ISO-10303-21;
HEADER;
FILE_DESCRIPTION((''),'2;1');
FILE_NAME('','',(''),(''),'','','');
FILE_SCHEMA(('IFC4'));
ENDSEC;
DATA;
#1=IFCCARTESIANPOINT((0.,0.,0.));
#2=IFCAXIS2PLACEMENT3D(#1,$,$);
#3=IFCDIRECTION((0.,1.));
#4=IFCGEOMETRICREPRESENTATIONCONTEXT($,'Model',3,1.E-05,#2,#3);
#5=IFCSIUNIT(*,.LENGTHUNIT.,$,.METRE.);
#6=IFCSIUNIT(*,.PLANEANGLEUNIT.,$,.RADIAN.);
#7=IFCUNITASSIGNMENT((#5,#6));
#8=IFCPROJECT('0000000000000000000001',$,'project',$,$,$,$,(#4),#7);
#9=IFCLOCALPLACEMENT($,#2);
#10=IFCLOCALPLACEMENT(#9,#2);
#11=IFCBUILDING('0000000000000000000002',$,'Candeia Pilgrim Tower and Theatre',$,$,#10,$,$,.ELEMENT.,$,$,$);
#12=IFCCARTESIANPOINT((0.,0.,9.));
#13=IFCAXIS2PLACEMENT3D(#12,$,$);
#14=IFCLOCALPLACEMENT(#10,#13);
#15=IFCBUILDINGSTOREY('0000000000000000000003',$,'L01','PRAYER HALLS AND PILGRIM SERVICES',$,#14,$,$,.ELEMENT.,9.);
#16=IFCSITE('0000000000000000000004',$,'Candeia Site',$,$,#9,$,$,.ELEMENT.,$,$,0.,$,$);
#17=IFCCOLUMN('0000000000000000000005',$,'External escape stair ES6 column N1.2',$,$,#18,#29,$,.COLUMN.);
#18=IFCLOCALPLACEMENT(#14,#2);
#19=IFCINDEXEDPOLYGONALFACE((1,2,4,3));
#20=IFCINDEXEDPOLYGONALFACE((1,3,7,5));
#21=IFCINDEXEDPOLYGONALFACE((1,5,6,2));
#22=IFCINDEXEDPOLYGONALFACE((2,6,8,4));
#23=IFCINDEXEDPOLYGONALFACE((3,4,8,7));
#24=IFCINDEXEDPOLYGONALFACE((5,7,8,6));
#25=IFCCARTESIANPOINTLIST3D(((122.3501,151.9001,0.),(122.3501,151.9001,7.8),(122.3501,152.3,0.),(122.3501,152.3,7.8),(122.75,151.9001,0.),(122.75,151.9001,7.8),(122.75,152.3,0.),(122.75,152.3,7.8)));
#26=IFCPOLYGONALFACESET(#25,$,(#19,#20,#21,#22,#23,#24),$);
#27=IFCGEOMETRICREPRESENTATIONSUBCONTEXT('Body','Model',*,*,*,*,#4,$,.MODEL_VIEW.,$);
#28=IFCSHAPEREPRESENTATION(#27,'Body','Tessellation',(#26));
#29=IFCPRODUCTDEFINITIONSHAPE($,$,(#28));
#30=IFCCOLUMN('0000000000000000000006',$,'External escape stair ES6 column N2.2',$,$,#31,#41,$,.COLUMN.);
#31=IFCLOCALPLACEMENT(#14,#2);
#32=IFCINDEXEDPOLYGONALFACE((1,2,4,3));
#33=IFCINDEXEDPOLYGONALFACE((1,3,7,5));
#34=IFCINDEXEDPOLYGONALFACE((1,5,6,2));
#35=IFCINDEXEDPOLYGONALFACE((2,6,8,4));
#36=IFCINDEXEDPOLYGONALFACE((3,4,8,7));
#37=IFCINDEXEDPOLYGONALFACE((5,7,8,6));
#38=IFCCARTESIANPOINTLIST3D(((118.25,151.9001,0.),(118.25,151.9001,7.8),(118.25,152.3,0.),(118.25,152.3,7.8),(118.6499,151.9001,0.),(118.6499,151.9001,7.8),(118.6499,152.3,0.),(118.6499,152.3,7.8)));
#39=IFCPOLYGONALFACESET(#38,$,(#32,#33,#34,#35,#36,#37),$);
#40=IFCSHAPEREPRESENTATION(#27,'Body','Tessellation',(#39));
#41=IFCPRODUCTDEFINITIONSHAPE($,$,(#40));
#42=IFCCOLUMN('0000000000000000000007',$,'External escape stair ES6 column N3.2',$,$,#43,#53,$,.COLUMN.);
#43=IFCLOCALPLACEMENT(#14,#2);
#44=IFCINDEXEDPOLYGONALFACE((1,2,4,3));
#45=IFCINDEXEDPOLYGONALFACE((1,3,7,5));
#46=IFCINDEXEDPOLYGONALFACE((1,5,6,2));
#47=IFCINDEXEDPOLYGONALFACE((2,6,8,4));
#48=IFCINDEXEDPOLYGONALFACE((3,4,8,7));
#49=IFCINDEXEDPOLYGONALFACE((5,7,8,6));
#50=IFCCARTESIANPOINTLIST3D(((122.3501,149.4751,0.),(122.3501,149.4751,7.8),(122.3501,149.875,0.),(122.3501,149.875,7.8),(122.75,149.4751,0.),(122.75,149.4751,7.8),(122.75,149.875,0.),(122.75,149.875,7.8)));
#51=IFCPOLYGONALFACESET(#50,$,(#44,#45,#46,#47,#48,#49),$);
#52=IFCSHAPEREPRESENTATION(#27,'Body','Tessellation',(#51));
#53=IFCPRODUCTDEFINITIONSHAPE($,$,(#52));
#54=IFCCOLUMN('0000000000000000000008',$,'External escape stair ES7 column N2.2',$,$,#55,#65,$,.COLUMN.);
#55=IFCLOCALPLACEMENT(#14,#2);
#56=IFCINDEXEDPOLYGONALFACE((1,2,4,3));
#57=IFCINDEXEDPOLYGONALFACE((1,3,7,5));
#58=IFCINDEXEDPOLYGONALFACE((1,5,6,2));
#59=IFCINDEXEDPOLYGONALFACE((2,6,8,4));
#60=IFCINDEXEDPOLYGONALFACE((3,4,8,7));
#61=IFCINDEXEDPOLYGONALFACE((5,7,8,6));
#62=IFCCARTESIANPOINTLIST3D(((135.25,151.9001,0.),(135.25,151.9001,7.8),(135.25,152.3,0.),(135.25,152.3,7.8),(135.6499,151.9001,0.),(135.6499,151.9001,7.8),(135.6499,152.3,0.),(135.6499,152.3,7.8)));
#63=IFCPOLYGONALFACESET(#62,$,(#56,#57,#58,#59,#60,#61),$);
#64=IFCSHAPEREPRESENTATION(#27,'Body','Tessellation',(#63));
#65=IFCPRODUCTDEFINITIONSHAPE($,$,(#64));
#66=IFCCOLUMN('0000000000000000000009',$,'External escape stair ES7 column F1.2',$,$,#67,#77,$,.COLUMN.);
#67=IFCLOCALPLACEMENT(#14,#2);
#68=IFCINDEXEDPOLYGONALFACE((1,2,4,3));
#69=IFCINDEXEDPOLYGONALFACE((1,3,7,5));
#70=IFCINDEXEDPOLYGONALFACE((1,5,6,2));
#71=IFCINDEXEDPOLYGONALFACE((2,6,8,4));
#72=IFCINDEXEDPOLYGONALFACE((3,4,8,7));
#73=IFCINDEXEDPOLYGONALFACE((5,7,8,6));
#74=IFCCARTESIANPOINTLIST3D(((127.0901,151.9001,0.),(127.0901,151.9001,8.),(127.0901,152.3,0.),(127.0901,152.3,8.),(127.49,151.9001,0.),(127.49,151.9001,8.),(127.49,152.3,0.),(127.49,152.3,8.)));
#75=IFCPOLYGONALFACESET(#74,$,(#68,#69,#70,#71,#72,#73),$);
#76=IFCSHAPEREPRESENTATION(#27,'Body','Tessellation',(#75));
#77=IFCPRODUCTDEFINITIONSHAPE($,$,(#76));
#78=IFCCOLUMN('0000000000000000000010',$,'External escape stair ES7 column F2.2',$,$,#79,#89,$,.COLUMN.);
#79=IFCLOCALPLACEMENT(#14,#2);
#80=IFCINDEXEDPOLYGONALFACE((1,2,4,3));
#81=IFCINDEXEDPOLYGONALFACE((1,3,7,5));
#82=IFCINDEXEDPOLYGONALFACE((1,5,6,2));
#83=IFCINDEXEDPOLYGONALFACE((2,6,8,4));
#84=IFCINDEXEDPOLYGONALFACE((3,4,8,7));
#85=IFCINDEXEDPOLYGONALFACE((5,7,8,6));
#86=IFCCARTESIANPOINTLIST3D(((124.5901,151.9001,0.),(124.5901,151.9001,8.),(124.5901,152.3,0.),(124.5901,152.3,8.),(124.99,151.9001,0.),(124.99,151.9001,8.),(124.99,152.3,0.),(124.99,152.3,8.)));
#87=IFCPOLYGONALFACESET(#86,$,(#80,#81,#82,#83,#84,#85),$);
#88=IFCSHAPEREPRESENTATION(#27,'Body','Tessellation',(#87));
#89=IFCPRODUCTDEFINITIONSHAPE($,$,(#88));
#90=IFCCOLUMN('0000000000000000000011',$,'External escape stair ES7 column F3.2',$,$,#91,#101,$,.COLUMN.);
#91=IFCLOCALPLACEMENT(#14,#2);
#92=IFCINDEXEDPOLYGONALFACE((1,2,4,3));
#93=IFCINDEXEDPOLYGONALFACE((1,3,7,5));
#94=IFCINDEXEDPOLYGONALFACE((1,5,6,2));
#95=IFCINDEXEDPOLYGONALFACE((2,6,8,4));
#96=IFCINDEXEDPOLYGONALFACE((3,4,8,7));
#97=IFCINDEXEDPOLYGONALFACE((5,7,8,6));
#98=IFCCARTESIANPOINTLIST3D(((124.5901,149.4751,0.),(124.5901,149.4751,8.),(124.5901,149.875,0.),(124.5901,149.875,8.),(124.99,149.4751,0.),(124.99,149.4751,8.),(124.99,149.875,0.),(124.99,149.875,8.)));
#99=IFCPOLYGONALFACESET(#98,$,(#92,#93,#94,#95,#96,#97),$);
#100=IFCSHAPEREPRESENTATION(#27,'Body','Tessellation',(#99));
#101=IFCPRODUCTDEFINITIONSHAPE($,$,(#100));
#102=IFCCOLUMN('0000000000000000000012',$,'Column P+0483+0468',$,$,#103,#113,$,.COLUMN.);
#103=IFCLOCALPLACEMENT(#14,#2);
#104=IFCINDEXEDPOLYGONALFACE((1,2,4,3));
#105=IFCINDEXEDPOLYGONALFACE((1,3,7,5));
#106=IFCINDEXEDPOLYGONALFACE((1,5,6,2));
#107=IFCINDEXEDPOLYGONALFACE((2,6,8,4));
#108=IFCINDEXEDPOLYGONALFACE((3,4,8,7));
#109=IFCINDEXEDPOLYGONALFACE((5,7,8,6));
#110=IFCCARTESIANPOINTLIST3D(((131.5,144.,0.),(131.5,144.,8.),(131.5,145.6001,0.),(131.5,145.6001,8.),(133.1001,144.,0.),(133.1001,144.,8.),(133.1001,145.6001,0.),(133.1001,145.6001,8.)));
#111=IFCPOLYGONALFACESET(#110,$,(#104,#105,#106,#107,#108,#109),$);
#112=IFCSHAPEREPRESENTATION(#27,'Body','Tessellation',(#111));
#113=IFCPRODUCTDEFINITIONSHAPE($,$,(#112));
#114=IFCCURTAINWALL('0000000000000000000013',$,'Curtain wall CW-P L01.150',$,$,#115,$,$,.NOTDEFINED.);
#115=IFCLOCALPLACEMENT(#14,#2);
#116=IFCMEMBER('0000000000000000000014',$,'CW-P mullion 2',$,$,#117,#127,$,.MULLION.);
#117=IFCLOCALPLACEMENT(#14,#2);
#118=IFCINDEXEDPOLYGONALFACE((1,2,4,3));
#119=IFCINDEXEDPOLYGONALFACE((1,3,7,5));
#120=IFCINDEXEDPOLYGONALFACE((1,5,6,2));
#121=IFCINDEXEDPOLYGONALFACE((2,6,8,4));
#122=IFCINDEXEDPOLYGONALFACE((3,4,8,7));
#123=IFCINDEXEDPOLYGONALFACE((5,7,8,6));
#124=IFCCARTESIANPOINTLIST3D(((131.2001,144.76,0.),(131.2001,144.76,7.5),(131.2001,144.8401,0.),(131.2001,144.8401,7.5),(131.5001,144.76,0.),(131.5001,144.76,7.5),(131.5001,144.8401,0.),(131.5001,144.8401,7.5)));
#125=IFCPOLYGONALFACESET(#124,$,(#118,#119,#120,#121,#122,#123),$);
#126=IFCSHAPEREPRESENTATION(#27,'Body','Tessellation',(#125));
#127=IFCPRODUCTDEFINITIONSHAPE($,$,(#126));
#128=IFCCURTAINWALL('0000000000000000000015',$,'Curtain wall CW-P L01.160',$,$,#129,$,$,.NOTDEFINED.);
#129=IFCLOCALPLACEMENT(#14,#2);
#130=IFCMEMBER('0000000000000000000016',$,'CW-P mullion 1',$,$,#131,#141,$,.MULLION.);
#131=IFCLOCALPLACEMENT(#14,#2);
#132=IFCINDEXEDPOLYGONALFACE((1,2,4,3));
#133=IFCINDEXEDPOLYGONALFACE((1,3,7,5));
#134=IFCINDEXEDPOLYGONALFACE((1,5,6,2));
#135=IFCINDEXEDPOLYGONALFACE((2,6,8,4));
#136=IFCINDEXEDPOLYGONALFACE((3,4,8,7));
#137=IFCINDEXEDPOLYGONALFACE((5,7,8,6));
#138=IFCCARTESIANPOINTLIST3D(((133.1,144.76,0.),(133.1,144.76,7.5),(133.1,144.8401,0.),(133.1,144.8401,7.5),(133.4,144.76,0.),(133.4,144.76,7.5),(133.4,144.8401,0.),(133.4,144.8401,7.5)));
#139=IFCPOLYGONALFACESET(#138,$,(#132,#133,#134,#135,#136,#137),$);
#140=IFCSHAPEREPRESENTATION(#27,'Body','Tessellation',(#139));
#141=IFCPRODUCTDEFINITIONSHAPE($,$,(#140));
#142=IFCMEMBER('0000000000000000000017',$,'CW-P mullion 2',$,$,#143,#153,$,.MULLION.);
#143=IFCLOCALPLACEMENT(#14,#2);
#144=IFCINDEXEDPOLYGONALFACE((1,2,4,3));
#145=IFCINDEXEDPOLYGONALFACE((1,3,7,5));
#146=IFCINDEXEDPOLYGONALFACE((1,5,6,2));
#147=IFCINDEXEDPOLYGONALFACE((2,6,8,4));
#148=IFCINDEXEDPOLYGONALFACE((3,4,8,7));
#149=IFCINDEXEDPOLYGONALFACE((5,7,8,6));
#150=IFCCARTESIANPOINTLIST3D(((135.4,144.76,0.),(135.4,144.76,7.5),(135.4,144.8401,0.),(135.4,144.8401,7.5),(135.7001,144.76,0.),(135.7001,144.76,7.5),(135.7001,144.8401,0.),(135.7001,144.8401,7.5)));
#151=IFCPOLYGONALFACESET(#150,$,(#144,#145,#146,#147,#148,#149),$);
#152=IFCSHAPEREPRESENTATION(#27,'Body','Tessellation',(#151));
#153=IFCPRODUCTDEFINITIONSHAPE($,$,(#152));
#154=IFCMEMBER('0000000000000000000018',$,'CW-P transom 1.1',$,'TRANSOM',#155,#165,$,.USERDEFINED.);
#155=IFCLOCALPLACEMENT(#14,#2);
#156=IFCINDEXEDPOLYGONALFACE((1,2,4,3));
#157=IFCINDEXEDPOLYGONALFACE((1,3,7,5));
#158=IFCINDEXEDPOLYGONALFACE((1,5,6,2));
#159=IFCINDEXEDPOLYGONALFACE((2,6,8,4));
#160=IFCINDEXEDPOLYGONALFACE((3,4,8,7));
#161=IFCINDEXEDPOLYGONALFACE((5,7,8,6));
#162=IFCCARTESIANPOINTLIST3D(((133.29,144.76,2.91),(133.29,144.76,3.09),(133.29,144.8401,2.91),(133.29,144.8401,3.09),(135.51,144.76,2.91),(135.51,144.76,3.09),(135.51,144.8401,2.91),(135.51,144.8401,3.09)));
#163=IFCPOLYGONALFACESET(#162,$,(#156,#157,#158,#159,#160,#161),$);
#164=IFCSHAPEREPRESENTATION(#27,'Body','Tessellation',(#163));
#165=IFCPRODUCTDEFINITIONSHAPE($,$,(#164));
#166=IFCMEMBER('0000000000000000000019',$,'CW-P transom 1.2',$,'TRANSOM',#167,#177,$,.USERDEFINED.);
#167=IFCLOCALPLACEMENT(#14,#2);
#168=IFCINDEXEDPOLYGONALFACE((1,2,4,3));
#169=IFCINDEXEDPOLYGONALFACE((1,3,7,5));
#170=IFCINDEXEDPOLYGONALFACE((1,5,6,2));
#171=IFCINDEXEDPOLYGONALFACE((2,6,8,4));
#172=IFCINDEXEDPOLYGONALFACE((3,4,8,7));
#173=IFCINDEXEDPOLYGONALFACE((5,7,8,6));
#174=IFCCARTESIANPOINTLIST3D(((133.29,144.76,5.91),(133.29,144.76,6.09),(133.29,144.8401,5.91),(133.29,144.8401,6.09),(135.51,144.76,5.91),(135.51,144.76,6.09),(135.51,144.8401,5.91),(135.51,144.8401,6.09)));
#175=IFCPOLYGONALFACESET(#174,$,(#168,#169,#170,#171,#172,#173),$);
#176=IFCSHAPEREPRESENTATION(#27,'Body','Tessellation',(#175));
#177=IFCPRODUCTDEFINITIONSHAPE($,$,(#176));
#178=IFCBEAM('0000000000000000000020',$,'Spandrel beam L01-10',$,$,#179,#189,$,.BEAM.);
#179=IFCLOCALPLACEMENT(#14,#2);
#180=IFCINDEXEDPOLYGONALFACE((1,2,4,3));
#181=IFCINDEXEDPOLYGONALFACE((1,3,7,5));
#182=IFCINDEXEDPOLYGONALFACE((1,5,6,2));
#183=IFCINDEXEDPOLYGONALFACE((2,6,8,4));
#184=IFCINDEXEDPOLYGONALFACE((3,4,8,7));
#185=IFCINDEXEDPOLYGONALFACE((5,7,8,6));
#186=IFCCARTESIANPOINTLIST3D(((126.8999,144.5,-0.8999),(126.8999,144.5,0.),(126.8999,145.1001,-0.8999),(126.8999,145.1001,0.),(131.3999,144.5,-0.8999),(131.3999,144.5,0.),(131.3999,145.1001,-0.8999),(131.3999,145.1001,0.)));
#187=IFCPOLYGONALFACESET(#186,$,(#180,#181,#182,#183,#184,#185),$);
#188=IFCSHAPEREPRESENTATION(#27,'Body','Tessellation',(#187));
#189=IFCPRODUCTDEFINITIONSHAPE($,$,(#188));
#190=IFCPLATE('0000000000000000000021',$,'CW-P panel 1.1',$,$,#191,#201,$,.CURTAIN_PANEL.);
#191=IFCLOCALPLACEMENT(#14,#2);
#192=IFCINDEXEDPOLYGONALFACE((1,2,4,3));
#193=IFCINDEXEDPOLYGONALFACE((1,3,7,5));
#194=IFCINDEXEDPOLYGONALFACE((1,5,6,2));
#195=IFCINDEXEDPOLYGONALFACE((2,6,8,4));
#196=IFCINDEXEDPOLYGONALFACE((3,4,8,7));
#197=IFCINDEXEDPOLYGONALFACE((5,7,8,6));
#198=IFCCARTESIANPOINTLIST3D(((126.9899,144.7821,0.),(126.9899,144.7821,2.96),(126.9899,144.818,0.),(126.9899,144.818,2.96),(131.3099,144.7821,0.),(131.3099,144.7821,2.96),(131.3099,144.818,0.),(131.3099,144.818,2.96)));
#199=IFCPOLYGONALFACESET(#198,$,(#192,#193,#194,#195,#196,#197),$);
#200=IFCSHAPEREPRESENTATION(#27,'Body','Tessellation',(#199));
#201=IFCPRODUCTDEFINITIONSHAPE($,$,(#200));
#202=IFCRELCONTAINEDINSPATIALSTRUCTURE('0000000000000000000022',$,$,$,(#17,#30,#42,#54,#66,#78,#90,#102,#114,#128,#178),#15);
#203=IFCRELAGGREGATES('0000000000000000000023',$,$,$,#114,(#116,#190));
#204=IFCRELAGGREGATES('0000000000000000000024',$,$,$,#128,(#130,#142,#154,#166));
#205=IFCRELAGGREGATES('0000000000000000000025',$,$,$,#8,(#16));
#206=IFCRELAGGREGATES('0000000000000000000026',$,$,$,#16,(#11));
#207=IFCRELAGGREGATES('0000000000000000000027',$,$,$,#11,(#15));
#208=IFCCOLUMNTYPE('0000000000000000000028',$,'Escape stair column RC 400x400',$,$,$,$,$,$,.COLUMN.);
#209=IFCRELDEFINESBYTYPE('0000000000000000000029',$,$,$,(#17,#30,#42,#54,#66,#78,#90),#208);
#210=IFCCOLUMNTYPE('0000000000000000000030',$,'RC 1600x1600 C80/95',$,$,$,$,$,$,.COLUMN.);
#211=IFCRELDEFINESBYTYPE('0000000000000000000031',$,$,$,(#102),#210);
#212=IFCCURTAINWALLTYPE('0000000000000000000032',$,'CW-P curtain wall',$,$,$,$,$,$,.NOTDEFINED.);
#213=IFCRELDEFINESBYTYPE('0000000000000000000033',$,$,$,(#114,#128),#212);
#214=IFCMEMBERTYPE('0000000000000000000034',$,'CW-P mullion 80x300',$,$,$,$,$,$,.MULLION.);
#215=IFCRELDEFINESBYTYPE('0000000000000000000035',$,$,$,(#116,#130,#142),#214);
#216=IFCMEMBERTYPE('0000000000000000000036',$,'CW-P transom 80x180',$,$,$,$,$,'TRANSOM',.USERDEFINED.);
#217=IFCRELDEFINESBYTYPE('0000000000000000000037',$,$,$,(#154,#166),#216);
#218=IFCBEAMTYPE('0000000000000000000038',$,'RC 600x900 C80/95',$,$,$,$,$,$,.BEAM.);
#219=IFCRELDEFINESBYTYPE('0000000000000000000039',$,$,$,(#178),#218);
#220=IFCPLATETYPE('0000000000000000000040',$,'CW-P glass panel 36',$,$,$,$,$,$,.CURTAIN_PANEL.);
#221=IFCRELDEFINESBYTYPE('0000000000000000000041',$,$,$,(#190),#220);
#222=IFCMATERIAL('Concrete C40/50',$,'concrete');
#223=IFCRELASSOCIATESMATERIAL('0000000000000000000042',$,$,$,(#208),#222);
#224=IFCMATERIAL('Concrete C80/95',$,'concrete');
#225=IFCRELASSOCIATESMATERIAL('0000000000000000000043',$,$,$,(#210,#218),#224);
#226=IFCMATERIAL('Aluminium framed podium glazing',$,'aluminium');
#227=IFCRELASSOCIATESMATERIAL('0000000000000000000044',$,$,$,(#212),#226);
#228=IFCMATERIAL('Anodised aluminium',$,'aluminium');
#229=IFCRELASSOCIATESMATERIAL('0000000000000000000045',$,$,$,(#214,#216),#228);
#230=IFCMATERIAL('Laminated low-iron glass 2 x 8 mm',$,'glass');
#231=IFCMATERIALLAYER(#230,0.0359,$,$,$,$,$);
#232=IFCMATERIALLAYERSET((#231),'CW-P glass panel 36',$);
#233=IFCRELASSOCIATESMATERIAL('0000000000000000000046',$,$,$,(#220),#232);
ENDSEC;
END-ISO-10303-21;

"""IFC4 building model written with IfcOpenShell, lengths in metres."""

from ifc_helpers import new_model, si_unit, direction, frame, origin, origin_2d, place, context, subcontext, project, spatial, rectangle, extrude, material, layer, layer_set, material_profile, profile_set, type_object, element, aggregate, save


model = new_model("IFC4")

# Units and contexts
model_context = context("Model", 3, precision=1e-05, world=origin(), true_north=direction((0.0, 1.0)))
body_context = subcontext(model_context, "Body", "Model", "MODEL_VIEW")
ifc_project = project(units=[si_unit("LENGTHUNIT", "METRE"), si_unit("PLANEANGLEUNIT", "RADIAN")], contexts=[model_context])

# Site, building, storey
site_placement = place(None, origin())
site = spatial("IfcSite", under=ifc_project, at=site_placement, Name="Candeia Site", CompositionType="ELEMENT", RefElevation=0.0)
building_placement = place(site_placement, origin())
building = spatial("IfcBuilding", under=site, at=building_placement, Name="Candeia Pilgrim Tower and Theatre", CompositionType="ELEMENT")
storey_placement = place(building_placement, frame((0.0, 0.0, 9.0)))
storey = spatial("IfcBuildingStorey", under=building, at=storey_placement, Name="L01", Description="PRAYER HALLS AND PILGRIM SERVICES", CompositionType="ELEMENT", Elevation=9.0)

# Columns
ifc_material_1 = material(Name="Concrete C40/50", Category="concrete")
ifc_material_profile_1 = material_profile(ifc_material_1, rectangle(XDim=0.3999, YDim=0.3999, at=origin_2d()))
ifc_profile_set_1 = profile_set([ifc_material_profile_1], Name="Concrete C40/50")
column_type_1 = type_object("IfcColumnType", Name="Escape stair column RC 400x400", PredefinedType="COLUMN", material=ifc_profile_set_1)
for number, where, z_axis, x_axis, name in (
    (1, (122.55, 152.1001, 0.0), (0.0, 0.0, 1.0), (1.0, 0.0, 0.0), "External escape stair ES6 column N1.2"),
    (2, (118.45, 152.1001, 0.0), (0.0, 0.0, 1.0), (1.0, 0.0, 0.0), "External escape stair ES6 column N2.2"),
    (3, (122.55, 149.675, 0.0), (0.0, 0.0, 1.0), (1.0, 0.0, 0.0), "External escape stair ES6 column N3.2"),
    (4, (135.45, 152.1001, 0.0), (0.0, 0.0, 1.0), (1.0, 0.0, 0.0), "External escape stair ES7 column N2.2"),
):
    element("IfcColumn", number, at=place(storey_placement, frame(where, z_axis=z_axis, x_axis=x_axis)), inside=storey, type_object=column_type_1, Name=name, PredefinedType="COLUMN", context=body_context, shape_type="SweptSolid", body=[
        extrude(rectangle(XDim=0.3999, YDim=0.3999, at=origin_2d()), origin(), (0.0, 0.0, 1.0), 7.8),
    ])
for number, where, z_axis, x_axis, name in (
    (5, (127.29, 152.1001, 0.0), (0.0, 0.0, 1.0), (1.0, 0.0, 0.0), "External escape stair ES7 column F1.2"),
    (6, (124.79, 152.1001, 0.0), (0.0, 0.0, 1.0), (1.0, 0.0, 0.0), "External escape stair ES7 column F2.2"),
    (7, (124.79, 149.675, 0.0), (0.0, 0.0, 1.0), (1.0, 0.0, 0.0), "External escape stair ES7 column F3.2"),
):
    element("IfcColumn", number, at=place(storey_placement, frame(where, z_axis=z_axis, x_axis=x_axis)), inside=storey, type_object=column_type_1, Name=name, PredefinedType="COLUMN", context=body_context, shape_type="SweptSolid", body=[
        extrude(rectangle(XDim=0.3999, YDim=0.3999, at=origin_2d()), origin(), (0.0, 0.0, 1.0), 8.0),
    ])
ifc_material_2 = material(Name="Concrete C80/95", Category="concrete")
ifc_material_profile_2 = material_profile(ifc_material_2, rectangle(XDim=1.6001, YDim=1.6001, at=origin_2d()))
ifc_profile_set_2 = profile_set([ifc_material_profile_2], Name="Concrete C80/95")
column_type_2 = type_object("IfcColumnType", Name="RC 1600x1600 C80/95", PredefinedType="COLUMN", material=ifc_profile_set_2)
column_placement = place(storey_placement, frame((132.3, 144.8, 0.0), z_axis=(0.0, 0.0, 1.0), x_axis=(1.0, 0.0, 0.0)))
element("IfcColumn", 8, at=column_placement, inside=storey, type_object=column_type_2, Name="Column P+0483+0468", PredefinedType="COLUMN", context=body_context, shape_type="SweptSolid", body=[
    extrude(rectangle(XDim=1.6001, YDim=1.6001, at=origin_2d()), origin(), (0.0, 0.0, 1.0), 8.0),
])

# Curtain wall, member
ifc_material_3 = material(Name="Aluminium framed podium glazing", Category="aluminium")
curtain_wall_type = type_object("IfcCurtainWallType", Name="CW-P curtain wall", PredefinedType="NOTDEFINED", material=ifc_material_3)
curtain_wall_1_placement = place(storey_placement, origin())
curtain_wall_1 = element("IfcCurtainWall", 9, at=curtain_wall_1_placement, inside=storey, type_object=curtain_wall_type, Name="Curtain wall CW-P L01.150", PredefinedType="NOTDEFINED")
ifc_material_4 = material(Name="Anodised aluminium", Category="aluminium")
ifc_material_profile_3 = material_profile(ifc_material_4, rectangle(XDim=0.0801, YDim=0.3, at=origin_2d()))
ifc_profile_set_3 = profile_set([ifc_material_profile_3], Name="Anodised aluminium")
member_type_1 = type_object("IfcMemberType", Name="CW-P mullion 80x300", PredefinedType="MULLION", material=ifc_profile_set_3)
member_1_placement = place(storey_placement, frame((131.3501, 144.8, 0.0), z_axis=(0.0, 0.0, 1.0), x_axis=(0.0, 1.0, 0.0)))
member_1 = element("IfcMember", 10, at=member_1_placement, type_object=member_type_1, Name="CW-P mullion 2", PredefinedType="MULLION", context=body_context, shape_type="SweptSolid", body=[
    extrude(rectangle(XDim=0.0801, YDim=0.3, at=origin_2d()), origin(), (0.0, 0.0, 1.0), 7.5),
])

# Curtain wall, members
curtain_wall_2_placement = place(storey_placement, origin())
curtain_wall_2 = element("IfcCurtainWall", 11, at=curtain_wall_2_placement, inside=storey, type_object=curtain_wall_type, Name="Curtain wall CW-P L01.160", PredefinedType="NOTDEFINED")
member_2_placement = place(storey_placement, frame((133.25, 144.8, 0.0), z_axis=(0.0, 0.0, 1.0), x_axis=(0.0, 1.0, 0.0)))
member_2 = element("IfcMember", 12, at=member_2_placement, type_object=member_type_1, Name="CW-P mullion 1", PredefinedType="MULLION", context=body_context, shape_type="SweptSolid", body=[
    extrude(rectangle(XDim=0.0801, YDim=0.3, at=origin_2d()), origin(), (0.0, 0.0, 1.0), 7.5),
])
member_3_placement = place(storey_placement, frame((135.55, 144.8, 0.0), z_axis=(0.0, 0.0, 1.0), x_axis=(0.0, 1.0, 0.0)))
member_3 = element("IfcMember", 13, at=member_3_placement, type_object=member_type_1, Name="CW-P mullion 2", PredefinedType="MULLION", context=body_context, shape_type="SweptSolid", body=[
    extrude(rectangle(XDim=0.0801, YDim=0.3, at=origin_2d()), origin(), (0.0, 0.0, 1.0), 7.5),
])
ifc_material_profile_4 = material_profile(ifc_material_4, rectangle(XDim=0.0801, YDim=0.1799, at=origin_2d()))
ifc_profile_set_4 = profile_set([ifc_material_profile_4], Name="Anodised aluminium")
member_type_2 = type_object("IfcMemberType", Name="CW-P transom 80x180", ElementType="TRANSOM", PredefinedType="USERDEFINED", material=ifc_profile_set_4)
member_4_placement = place(storey_placement, frame((133.29, 144.8, 3.0), z_axis=(1.0, 0.0, 0.0), x_axis=(0.0, 1.0, 0.0)))
member_4 = element("IfcMember", 14, at=member_4_placement, type_object=member_type_2, Name="CW-P transom 1.1", ObjectType="TRANSOM", PredefinedType="USERDEFINED", context=body_context, shape_type="SweptSolid", body=[
    extrude(rectangle(XDim=0.0801, YDim=0.1799, at=origin_2d()), origin(), (0.0, 0.0, 1.0), 2.22),
])
member_5_placement = place(storey_placement, frame((133.29, 144.8, 6.0), z_axis=(1.0, 0.0, 0.0), x_axis=(0.0, 1.0, 0.0)))
member_5 = element("IfcMember", 15, at=member_5_placement, type_object=member_type_2, Name="CW-P transom 1.2", ObjectType="TRANSOM", PredefinedType="USERDEFINED", context=body_context, shape_type="SweptSolid", body=[
    extrude(rectangle(XDim=0.0801, YDim=0.1799, at=origin_2d()), origin(), (0.0, 0.0, 1.0), 2.22),
])

# Beam
ifc_material_profile_5 = material_profile(ifc_material_2, rectangle(XDim=0.6001, YDim=0.8999, at=origin_2d()))
ifc_profile_set_5 = profile_set([ifc_material_profile_5], Name="Concrete C80/95")
beam_type = type_object("IfcBeamType", Name="RC 600x900 C80/95", PredefinedType="BEAM", material=ifc_profile_set_5)
beam_placement = place(storey_placement, frame((131.3999, 144.8, -0.45), z_axis=(-1.0, 0.0, 0.0), x_axis=(0.0, -1.0, 0.0)))
element("IfcBeam", 16, at=beam_placement, inside=storey, type_object=beam_type, Name="Spandrel beam L01-10", PredefinedType="BEAM", context=body_context, shape_type="SweptSolid", body=[
    extrude(rectangle(XDim=0.6001, YDim=0.8999, at=origin_2d()), origin(), (0.0, 0.0, 1.0), 4.5),
])

# Plate
ifc_material_5 = material(Name="Laminated low-iron glass 2 x 8 mm", Category="glass")
ifc_layer_1 = layer(ifc_material_5, 0.0359)
ifc_layer_set_1 = layer_set([ifc_layer_1], Name="CW-P glass panel 36")
plate_type = type_object("IfcPlateType", Name="CW-P glass panel 36", PredefinedType="CURTAIN_PANEL", material=ifc_layer_set_1)
plate_1_placement = place(storey_placement, frame((129.1499, 144.8, 0.0), z_axis=(0.0, 0.0, 1.0), x_axis=(1.0, 0.0, 0.0)))
plate_1 = element("IfcPlate", 17, at=plate_1_placement, type_object=plate_type, Name="CW-P panel 1.1", PredefinedType="CURTAIN_PANEL", context=body_context, shape_type="SweptSolid", body=[
    extrude(rectangle(XDim=4.3201, YDim=0.0359, at=origin_2d()), origin(), (0.0, 0.0, 1.0), 2.96),
])
aggregate(curtain_wall_1, [member_1, plate_1])
aggregate(curtain_wall_2, [member_2, member_3, member_4, member_5])

save(model, "model.ifc")
